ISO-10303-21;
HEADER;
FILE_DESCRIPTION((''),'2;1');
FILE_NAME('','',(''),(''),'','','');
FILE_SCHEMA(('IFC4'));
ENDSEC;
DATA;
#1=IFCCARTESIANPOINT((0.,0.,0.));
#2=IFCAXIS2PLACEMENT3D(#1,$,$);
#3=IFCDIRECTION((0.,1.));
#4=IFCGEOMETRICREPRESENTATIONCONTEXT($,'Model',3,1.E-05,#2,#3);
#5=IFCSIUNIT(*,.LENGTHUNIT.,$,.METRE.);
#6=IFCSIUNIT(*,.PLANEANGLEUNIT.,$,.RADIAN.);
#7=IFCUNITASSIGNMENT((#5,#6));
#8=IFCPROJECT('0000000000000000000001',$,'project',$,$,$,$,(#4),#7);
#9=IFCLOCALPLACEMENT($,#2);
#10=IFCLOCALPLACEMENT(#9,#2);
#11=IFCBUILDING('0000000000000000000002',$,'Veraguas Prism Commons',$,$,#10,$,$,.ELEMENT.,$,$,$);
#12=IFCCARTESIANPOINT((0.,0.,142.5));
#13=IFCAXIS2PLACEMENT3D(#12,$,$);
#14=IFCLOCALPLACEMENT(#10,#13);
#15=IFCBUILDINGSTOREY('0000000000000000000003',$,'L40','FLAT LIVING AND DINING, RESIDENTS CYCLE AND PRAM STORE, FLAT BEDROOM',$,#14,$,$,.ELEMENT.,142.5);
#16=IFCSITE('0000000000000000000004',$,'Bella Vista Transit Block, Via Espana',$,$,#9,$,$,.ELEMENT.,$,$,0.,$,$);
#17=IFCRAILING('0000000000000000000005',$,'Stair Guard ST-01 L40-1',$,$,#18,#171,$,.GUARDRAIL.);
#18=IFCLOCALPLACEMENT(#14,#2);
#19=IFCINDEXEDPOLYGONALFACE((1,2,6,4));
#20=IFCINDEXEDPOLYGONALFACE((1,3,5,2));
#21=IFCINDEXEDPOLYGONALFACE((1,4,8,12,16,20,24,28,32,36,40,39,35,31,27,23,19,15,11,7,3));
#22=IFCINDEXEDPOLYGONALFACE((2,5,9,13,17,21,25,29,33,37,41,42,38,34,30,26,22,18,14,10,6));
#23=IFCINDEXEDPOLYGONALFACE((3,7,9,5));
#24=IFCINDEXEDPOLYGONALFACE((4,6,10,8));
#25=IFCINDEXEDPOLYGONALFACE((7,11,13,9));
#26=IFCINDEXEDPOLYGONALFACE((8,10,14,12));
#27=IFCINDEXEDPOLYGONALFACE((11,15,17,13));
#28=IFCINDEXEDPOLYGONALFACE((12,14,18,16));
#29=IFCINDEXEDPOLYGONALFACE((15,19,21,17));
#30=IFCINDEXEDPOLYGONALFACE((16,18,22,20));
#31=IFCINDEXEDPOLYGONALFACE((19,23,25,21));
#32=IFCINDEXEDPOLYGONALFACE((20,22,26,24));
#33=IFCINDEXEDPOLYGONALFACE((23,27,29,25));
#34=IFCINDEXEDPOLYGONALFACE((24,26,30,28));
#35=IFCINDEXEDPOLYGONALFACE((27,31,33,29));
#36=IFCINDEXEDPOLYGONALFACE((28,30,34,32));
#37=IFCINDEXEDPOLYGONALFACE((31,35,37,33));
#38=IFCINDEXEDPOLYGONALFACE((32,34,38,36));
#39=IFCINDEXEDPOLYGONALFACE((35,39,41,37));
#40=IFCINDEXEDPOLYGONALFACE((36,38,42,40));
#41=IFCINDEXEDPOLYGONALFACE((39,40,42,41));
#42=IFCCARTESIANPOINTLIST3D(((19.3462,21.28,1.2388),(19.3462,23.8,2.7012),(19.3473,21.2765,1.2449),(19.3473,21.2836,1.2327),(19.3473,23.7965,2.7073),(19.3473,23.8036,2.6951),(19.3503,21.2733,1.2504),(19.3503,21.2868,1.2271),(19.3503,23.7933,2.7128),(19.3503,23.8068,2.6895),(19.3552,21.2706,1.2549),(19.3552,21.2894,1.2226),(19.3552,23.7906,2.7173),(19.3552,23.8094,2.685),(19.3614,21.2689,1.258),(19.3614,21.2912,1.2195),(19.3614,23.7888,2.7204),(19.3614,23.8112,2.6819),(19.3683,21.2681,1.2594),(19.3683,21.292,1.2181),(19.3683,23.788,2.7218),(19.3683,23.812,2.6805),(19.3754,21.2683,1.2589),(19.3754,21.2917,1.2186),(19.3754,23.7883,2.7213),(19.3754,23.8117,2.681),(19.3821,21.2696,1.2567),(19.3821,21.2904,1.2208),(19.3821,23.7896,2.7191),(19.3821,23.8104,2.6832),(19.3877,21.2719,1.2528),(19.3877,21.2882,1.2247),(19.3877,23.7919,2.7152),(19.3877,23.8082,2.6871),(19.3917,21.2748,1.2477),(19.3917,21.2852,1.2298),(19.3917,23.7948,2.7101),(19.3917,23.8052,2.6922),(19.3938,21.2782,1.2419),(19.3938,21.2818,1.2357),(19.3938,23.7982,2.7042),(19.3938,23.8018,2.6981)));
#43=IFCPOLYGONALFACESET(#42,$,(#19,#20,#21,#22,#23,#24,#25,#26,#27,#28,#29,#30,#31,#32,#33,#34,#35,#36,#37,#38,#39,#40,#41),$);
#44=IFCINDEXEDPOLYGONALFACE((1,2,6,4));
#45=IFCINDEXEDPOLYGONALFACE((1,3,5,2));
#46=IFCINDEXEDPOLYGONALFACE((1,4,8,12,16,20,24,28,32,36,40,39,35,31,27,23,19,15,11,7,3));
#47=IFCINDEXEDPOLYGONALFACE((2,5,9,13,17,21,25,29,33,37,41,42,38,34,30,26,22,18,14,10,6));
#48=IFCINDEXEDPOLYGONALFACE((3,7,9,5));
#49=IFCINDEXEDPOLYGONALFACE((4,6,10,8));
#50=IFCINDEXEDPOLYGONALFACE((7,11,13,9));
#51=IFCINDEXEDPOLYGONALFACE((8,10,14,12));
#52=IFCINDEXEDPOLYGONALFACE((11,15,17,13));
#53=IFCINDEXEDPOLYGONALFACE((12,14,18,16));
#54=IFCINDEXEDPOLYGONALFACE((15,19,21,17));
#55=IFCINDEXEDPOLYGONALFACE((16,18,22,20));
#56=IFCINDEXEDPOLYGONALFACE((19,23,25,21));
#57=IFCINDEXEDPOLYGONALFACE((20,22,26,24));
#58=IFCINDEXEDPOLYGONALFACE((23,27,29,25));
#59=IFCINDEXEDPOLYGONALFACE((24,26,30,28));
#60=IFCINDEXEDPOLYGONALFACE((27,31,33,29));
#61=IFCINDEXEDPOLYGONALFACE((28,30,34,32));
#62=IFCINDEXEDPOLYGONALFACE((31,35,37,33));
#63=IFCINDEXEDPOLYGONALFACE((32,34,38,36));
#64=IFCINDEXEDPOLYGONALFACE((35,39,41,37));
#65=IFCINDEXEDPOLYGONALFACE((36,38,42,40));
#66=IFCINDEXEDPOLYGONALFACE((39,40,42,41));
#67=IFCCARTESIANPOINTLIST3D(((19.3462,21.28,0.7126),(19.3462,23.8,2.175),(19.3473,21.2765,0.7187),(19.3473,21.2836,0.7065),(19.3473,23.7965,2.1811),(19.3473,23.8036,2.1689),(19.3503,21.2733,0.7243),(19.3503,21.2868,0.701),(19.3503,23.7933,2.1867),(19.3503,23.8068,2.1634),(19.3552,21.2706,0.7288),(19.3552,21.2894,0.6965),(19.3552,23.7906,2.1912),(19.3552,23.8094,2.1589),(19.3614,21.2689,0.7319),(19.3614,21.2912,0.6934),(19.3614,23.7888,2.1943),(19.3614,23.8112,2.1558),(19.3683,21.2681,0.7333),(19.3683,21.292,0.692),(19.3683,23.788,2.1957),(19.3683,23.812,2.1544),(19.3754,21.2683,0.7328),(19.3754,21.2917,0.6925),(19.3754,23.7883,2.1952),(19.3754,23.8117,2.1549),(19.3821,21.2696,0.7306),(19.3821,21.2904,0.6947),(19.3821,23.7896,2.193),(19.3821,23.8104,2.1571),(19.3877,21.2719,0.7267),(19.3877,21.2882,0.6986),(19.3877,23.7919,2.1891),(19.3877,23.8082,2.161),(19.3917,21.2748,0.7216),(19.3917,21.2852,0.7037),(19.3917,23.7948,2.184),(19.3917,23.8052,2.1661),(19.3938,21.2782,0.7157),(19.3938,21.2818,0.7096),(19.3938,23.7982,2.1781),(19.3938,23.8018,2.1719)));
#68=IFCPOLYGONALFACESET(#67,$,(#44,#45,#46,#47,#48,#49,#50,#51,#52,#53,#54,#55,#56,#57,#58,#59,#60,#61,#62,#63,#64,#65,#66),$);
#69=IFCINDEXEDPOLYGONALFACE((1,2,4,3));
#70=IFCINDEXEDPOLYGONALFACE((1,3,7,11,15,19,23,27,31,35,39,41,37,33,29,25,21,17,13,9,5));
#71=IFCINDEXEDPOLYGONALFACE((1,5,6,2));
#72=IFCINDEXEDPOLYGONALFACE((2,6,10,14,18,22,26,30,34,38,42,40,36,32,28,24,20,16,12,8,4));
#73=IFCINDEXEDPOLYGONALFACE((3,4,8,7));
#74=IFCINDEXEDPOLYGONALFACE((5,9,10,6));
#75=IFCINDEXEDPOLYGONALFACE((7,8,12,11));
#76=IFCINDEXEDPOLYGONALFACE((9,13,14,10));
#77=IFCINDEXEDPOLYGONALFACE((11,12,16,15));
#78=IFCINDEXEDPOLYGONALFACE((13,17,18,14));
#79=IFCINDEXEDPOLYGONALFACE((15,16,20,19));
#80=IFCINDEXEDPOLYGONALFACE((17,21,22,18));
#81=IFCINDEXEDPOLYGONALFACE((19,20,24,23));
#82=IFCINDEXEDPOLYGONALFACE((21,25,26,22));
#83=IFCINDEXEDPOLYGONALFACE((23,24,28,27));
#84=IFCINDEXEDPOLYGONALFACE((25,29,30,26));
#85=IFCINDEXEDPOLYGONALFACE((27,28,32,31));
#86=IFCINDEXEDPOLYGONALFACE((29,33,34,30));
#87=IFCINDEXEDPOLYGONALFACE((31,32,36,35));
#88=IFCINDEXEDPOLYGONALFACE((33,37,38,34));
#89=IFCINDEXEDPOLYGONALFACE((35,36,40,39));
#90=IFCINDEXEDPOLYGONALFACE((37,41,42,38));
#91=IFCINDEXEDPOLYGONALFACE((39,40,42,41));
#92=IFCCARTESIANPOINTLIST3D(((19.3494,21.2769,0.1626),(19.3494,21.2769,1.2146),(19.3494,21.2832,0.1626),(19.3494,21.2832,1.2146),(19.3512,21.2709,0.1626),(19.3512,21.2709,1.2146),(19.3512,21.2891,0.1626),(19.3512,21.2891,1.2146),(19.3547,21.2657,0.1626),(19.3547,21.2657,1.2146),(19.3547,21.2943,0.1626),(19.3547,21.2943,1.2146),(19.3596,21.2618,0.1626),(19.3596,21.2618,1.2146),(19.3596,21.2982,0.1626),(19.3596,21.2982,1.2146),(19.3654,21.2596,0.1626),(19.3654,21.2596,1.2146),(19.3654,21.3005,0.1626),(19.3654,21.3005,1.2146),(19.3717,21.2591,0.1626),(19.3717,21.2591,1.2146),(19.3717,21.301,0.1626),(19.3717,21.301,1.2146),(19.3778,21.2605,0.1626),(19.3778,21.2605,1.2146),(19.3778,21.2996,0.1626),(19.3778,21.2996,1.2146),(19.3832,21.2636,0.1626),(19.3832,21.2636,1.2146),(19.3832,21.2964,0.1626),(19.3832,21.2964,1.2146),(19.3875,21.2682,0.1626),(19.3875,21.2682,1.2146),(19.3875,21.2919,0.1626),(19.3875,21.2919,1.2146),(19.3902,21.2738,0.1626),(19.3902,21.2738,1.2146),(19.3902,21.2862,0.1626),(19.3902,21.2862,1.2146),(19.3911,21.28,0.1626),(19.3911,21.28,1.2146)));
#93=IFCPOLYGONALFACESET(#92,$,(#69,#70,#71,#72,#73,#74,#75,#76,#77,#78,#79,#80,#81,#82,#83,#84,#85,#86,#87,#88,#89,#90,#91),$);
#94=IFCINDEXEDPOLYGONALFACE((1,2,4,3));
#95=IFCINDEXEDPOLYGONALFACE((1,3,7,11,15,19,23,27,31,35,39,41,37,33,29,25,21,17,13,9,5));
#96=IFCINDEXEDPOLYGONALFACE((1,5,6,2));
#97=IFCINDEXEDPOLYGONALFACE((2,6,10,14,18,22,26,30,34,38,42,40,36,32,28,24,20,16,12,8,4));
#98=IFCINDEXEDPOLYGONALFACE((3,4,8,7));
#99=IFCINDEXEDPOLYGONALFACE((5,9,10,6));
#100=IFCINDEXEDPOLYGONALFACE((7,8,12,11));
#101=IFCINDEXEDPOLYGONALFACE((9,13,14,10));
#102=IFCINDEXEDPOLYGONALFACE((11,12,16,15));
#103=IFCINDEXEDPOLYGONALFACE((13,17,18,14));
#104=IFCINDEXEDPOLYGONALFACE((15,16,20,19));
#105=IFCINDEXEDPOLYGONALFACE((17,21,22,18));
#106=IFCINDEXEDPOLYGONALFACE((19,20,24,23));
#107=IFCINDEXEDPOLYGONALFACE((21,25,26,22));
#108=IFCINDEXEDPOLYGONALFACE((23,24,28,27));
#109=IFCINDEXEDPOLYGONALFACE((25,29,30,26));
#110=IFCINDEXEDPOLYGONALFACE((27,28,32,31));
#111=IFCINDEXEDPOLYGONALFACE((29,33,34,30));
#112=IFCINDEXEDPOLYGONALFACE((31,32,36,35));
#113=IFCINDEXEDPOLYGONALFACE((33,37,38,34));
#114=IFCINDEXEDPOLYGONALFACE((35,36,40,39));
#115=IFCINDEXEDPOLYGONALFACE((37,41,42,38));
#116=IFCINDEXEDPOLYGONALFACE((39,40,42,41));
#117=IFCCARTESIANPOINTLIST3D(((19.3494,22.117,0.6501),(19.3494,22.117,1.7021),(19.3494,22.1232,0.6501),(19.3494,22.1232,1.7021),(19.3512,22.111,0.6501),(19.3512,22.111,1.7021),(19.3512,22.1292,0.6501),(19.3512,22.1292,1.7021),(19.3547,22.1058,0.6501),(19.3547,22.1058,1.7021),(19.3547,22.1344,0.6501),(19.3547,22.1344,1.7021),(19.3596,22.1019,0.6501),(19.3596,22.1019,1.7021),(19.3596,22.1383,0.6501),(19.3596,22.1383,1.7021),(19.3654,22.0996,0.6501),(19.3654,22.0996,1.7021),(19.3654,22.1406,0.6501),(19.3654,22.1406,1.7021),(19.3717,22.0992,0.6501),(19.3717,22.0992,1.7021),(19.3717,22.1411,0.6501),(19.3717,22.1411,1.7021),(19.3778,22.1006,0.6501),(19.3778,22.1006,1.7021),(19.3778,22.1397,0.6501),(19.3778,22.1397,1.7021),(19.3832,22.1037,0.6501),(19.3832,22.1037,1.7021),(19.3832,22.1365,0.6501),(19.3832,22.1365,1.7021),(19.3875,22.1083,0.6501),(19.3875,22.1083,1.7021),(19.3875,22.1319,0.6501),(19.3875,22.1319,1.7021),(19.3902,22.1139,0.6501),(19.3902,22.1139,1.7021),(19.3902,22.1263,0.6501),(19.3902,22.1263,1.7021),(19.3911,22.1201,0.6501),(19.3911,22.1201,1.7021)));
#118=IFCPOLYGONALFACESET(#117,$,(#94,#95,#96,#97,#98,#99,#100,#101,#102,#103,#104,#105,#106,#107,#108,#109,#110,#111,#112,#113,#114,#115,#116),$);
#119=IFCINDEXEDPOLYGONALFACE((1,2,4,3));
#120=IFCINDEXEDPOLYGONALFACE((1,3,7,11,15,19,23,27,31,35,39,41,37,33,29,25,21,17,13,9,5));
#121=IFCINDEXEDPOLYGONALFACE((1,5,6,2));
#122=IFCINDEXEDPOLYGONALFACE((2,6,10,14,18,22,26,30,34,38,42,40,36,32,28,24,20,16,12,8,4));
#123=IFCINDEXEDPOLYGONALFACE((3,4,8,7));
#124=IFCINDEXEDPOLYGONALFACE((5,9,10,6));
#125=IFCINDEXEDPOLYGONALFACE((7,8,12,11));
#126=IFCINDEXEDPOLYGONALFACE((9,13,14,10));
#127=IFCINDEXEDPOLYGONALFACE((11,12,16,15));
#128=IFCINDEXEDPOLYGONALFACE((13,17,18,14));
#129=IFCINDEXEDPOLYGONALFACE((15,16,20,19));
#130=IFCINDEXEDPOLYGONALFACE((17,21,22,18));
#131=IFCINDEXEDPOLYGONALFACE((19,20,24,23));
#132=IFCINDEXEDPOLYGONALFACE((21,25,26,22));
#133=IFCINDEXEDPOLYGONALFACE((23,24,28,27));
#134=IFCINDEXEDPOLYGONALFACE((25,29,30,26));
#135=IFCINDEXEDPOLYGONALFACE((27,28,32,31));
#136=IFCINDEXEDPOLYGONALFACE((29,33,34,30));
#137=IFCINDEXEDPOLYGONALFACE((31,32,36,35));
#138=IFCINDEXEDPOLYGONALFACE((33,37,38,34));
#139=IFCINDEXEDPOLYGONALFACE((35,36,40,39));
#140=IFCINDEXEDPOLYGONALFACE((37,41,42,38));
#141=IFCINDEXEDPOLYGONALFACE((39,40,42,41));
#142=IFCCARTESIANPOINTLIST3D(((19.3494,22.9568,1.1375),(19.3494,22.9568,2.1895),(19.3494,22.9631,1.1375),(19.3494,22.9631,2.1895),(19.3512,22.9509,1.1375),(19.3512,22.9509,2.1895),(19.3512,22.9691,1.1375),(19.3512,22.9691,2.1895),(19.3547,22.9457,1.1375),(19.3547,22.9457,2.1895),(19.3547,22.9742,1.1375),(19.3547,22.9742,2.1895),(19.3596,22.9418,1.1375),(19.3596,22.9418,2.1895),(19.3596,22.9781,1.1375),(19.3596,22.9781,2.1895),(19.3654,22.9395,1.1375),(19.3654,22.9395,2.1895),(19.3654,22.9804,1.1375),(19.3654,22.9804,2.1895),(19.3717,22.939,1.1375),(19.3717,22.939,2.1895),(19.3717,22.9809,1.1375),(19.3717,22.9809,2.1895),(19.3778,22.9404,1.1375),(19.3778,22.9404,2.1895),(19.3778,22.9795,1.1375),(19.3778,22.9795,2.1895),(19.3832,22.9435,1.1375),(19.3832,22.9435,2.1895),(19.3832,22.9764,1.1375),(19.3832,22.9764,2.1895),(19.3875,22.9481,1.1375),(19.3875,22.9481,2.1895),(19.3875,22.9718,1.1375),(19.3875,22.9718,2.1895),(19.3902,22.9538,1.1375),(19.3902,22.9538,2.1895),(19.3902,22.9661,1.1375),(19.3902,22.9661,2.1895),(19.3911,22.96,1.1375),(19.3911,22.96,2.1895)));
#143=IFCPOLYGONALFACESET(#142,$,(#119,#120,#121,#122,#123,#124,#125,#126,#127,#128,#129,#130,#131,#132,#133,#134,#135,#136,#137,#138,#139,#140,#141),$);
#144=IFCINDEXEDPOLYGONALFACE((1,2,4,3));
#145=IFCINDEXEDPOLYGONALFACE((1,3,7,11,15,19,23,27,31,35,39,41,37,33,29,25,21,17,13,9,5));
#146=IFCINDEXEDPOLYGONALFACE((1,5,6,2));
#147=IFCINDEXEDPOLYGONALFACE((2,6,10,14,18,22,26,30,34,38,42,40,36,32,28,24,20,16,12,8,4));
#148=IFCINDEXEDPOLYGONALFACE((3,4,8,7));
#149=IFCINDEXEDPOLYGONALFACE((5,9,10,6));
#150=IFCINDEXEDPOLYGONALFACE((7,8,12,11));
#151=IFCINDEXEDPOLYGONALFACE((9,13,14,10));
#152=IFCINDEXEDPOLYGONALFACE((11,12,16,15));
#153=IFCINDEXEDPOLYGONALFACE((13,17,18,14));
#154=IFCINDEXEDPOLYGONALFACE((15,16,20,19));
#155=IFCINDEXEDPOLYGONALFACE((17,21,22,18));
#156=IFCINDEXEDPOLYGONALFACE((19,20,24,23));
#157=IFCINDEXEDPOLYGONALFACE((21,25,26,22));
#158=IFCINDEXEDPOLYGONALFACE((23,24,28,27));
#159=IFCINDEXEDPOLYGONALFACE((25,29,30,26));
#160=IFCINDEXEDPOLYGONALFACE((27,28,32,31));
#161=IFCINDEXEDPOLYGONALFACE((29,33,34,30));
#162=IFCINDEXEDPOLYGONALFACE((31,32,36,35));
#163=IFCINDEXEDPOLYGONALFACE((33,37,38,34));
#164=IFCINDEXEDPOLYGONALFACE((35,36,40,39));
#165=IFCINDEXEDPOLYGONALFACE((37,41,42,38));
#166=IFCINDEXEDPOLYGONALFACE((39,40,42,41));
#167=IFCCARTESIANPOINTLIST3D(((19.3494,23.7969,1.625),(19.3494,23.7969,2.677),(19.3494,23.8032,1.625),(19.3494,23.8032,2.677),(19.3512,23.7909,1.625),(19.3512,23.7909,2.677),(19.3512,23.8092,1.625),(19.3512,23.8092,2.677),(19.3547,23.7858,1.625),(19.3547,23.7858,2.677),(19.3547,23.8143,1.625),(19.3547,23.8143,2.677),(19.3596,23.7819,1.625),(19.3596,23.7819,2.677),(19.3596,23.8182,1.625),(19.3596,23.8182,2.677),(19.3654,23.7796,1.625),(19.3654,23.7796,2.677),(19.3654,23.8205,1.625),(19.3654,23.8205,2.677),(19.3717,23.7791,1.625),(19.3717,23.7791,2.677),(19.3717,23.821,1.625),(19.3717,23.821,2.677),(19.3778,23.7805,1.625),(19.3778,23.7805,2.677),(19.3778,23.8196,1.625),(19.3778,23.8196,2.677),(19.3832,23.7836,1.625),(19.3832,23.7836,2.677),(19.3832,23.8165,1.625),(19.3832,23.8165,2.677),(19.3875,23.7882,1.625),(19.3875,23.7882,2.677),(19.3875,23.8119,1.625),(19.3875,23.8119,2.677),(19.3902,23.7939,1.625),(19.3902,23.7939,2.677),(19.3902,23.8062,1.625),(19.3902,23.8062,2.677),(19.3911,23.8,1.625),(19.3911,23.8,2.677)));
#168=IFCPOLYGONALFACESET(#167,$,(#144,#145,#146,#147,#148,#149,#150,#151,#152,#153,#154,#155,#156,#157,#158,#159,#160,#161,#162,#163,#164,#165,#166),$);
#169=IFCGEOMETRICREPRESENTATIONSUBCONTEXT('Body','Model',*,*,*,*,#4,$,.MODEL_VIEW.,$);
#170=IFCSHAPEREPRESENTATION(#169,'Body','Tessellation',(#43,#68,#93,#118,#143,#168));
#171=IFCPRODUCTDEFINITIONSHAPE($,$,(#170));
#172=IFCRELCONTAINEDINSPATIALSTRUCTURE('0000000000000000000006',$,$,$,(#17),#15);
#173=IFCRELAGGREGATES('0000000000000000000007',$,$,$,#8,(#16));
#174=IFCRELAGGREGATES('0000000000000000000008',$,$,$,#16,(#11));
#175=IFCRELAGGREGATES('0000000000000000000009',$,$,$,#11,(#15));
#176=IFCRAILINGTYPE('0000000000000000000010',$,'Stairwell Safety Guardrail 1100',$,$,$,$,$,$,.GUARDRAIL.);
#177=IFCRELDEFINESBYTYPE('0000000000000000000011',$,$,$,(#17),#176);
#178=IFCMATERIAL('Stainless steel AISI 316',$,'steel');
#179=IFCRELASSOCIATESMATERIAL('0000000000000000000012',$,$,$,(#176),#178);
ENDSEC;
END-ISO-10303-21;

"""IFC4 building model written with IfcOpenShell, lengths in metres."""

from ifc_helpers import new_model, si_unit, direction, frame, origin, origin_2d, place, context, subcontext, project, spatial, circle, extrude, material, type_object, element, save


model = new_model("IFC4")

# Units and contexts
model_context = context("Model", 3, precision=1e-05, world=origin(), true_north=direction((0.0, 1.0)))
body_context = subcontext(model_context, "Body", "Model", "MODEL_VIEW")
ifc_project = project(units=[si_unit("LENGTHUNIT", "METRE"), si_unit("PLANEANGLEUNIT", "RADIAN")], contexts=[model_context])

# Site, building, storey
site_placement = place(None, origin())
site = spatial("IfcSite", under=ifc_project, at=site_placement, Name="Bella Vista Transit Block, Via Espana", CompositionType="ELEMENT", RefElevation=0.0)
building_placement = place(site_placement, origin())
building = spatial("IfcBuilding", under=site, at=building_placement, Name="Veraguas Prism Commons", CompositionType="ELEMENT")
storey_placement = place(building_placement, frame((0.0, 0.0, 142.5)))
storey = spatial("IfcBuildingStorey", under=building, at=storey_placement, Name="L40", Description="FLAT LIVING AND DINING, RESIDENTS CYCLE AND PRAM STORE, FLAT BEDROOM", CompositionType="ELEMENT", Elevation=142.5)

# Shared definitions
ifc_material_1 = material(Name="Stainless steel AISI 316", Category="steel")

# Railing
railing_type_1 = type_object("IfcRailingType", Name="Stairwell Safety Guardrail 1100", PredefinedType="GUARDRAIL", material=ifc_material_1)
railing_1_placement = place(storey_placement, frame((19.3701, 21.28, 0.1626)))
element("IfcRailing", 1, at=railing_1_placement, inside=storey, type_object=railing_type_1, Name="Stair Guard ST-01 L40-1", PredefinedType="GUARDRAIL", context=body_context, shape_type="SweptSolid", body=[
    extrude(circle(Radius=0.0239, at=origin_2d()), frame((0.0, 0.0, 1.0762), z_axis=(0.0, 0.864913, 0.501921), x_axis=(-1.0, 0.0, 0.0)), (0.0, 0.0, 1.0), 2.9136),
    extrude(circle(Radius=0.0239, at=origin_2d()), frame((0.0, 0.0, 0.55), z_axis=(0.0, 0.864913, 0.501921), x_axis=(-1.0, 0.0, 0.0)), (0.0, 0.0, 1.0), 2.9136),
    extrude(circle(Radius=0.021, at=origin_2d()), origin(), (0.0, 0.0, 1.0), 1.052),
    extrude(circle(Radius=0.021, at=origin_2d()), frame((0.0, 0.8401, 0.4875)), (0.0, 0.0, 1.0), 1.052),
    extrude(circle(Radius=0.021, at=origin_2d()), frame((0.0, 1.6799, 0.9749)), (0.0, 0.0, 1.0), 1.052),
    extrude(circle(Radius=0.021, at=origin_2d()), frame((0.0, 2.52, 1.4624)), (0.0, 0.0, 1.0), 1.052),
])

save(model, "model.ifc")
